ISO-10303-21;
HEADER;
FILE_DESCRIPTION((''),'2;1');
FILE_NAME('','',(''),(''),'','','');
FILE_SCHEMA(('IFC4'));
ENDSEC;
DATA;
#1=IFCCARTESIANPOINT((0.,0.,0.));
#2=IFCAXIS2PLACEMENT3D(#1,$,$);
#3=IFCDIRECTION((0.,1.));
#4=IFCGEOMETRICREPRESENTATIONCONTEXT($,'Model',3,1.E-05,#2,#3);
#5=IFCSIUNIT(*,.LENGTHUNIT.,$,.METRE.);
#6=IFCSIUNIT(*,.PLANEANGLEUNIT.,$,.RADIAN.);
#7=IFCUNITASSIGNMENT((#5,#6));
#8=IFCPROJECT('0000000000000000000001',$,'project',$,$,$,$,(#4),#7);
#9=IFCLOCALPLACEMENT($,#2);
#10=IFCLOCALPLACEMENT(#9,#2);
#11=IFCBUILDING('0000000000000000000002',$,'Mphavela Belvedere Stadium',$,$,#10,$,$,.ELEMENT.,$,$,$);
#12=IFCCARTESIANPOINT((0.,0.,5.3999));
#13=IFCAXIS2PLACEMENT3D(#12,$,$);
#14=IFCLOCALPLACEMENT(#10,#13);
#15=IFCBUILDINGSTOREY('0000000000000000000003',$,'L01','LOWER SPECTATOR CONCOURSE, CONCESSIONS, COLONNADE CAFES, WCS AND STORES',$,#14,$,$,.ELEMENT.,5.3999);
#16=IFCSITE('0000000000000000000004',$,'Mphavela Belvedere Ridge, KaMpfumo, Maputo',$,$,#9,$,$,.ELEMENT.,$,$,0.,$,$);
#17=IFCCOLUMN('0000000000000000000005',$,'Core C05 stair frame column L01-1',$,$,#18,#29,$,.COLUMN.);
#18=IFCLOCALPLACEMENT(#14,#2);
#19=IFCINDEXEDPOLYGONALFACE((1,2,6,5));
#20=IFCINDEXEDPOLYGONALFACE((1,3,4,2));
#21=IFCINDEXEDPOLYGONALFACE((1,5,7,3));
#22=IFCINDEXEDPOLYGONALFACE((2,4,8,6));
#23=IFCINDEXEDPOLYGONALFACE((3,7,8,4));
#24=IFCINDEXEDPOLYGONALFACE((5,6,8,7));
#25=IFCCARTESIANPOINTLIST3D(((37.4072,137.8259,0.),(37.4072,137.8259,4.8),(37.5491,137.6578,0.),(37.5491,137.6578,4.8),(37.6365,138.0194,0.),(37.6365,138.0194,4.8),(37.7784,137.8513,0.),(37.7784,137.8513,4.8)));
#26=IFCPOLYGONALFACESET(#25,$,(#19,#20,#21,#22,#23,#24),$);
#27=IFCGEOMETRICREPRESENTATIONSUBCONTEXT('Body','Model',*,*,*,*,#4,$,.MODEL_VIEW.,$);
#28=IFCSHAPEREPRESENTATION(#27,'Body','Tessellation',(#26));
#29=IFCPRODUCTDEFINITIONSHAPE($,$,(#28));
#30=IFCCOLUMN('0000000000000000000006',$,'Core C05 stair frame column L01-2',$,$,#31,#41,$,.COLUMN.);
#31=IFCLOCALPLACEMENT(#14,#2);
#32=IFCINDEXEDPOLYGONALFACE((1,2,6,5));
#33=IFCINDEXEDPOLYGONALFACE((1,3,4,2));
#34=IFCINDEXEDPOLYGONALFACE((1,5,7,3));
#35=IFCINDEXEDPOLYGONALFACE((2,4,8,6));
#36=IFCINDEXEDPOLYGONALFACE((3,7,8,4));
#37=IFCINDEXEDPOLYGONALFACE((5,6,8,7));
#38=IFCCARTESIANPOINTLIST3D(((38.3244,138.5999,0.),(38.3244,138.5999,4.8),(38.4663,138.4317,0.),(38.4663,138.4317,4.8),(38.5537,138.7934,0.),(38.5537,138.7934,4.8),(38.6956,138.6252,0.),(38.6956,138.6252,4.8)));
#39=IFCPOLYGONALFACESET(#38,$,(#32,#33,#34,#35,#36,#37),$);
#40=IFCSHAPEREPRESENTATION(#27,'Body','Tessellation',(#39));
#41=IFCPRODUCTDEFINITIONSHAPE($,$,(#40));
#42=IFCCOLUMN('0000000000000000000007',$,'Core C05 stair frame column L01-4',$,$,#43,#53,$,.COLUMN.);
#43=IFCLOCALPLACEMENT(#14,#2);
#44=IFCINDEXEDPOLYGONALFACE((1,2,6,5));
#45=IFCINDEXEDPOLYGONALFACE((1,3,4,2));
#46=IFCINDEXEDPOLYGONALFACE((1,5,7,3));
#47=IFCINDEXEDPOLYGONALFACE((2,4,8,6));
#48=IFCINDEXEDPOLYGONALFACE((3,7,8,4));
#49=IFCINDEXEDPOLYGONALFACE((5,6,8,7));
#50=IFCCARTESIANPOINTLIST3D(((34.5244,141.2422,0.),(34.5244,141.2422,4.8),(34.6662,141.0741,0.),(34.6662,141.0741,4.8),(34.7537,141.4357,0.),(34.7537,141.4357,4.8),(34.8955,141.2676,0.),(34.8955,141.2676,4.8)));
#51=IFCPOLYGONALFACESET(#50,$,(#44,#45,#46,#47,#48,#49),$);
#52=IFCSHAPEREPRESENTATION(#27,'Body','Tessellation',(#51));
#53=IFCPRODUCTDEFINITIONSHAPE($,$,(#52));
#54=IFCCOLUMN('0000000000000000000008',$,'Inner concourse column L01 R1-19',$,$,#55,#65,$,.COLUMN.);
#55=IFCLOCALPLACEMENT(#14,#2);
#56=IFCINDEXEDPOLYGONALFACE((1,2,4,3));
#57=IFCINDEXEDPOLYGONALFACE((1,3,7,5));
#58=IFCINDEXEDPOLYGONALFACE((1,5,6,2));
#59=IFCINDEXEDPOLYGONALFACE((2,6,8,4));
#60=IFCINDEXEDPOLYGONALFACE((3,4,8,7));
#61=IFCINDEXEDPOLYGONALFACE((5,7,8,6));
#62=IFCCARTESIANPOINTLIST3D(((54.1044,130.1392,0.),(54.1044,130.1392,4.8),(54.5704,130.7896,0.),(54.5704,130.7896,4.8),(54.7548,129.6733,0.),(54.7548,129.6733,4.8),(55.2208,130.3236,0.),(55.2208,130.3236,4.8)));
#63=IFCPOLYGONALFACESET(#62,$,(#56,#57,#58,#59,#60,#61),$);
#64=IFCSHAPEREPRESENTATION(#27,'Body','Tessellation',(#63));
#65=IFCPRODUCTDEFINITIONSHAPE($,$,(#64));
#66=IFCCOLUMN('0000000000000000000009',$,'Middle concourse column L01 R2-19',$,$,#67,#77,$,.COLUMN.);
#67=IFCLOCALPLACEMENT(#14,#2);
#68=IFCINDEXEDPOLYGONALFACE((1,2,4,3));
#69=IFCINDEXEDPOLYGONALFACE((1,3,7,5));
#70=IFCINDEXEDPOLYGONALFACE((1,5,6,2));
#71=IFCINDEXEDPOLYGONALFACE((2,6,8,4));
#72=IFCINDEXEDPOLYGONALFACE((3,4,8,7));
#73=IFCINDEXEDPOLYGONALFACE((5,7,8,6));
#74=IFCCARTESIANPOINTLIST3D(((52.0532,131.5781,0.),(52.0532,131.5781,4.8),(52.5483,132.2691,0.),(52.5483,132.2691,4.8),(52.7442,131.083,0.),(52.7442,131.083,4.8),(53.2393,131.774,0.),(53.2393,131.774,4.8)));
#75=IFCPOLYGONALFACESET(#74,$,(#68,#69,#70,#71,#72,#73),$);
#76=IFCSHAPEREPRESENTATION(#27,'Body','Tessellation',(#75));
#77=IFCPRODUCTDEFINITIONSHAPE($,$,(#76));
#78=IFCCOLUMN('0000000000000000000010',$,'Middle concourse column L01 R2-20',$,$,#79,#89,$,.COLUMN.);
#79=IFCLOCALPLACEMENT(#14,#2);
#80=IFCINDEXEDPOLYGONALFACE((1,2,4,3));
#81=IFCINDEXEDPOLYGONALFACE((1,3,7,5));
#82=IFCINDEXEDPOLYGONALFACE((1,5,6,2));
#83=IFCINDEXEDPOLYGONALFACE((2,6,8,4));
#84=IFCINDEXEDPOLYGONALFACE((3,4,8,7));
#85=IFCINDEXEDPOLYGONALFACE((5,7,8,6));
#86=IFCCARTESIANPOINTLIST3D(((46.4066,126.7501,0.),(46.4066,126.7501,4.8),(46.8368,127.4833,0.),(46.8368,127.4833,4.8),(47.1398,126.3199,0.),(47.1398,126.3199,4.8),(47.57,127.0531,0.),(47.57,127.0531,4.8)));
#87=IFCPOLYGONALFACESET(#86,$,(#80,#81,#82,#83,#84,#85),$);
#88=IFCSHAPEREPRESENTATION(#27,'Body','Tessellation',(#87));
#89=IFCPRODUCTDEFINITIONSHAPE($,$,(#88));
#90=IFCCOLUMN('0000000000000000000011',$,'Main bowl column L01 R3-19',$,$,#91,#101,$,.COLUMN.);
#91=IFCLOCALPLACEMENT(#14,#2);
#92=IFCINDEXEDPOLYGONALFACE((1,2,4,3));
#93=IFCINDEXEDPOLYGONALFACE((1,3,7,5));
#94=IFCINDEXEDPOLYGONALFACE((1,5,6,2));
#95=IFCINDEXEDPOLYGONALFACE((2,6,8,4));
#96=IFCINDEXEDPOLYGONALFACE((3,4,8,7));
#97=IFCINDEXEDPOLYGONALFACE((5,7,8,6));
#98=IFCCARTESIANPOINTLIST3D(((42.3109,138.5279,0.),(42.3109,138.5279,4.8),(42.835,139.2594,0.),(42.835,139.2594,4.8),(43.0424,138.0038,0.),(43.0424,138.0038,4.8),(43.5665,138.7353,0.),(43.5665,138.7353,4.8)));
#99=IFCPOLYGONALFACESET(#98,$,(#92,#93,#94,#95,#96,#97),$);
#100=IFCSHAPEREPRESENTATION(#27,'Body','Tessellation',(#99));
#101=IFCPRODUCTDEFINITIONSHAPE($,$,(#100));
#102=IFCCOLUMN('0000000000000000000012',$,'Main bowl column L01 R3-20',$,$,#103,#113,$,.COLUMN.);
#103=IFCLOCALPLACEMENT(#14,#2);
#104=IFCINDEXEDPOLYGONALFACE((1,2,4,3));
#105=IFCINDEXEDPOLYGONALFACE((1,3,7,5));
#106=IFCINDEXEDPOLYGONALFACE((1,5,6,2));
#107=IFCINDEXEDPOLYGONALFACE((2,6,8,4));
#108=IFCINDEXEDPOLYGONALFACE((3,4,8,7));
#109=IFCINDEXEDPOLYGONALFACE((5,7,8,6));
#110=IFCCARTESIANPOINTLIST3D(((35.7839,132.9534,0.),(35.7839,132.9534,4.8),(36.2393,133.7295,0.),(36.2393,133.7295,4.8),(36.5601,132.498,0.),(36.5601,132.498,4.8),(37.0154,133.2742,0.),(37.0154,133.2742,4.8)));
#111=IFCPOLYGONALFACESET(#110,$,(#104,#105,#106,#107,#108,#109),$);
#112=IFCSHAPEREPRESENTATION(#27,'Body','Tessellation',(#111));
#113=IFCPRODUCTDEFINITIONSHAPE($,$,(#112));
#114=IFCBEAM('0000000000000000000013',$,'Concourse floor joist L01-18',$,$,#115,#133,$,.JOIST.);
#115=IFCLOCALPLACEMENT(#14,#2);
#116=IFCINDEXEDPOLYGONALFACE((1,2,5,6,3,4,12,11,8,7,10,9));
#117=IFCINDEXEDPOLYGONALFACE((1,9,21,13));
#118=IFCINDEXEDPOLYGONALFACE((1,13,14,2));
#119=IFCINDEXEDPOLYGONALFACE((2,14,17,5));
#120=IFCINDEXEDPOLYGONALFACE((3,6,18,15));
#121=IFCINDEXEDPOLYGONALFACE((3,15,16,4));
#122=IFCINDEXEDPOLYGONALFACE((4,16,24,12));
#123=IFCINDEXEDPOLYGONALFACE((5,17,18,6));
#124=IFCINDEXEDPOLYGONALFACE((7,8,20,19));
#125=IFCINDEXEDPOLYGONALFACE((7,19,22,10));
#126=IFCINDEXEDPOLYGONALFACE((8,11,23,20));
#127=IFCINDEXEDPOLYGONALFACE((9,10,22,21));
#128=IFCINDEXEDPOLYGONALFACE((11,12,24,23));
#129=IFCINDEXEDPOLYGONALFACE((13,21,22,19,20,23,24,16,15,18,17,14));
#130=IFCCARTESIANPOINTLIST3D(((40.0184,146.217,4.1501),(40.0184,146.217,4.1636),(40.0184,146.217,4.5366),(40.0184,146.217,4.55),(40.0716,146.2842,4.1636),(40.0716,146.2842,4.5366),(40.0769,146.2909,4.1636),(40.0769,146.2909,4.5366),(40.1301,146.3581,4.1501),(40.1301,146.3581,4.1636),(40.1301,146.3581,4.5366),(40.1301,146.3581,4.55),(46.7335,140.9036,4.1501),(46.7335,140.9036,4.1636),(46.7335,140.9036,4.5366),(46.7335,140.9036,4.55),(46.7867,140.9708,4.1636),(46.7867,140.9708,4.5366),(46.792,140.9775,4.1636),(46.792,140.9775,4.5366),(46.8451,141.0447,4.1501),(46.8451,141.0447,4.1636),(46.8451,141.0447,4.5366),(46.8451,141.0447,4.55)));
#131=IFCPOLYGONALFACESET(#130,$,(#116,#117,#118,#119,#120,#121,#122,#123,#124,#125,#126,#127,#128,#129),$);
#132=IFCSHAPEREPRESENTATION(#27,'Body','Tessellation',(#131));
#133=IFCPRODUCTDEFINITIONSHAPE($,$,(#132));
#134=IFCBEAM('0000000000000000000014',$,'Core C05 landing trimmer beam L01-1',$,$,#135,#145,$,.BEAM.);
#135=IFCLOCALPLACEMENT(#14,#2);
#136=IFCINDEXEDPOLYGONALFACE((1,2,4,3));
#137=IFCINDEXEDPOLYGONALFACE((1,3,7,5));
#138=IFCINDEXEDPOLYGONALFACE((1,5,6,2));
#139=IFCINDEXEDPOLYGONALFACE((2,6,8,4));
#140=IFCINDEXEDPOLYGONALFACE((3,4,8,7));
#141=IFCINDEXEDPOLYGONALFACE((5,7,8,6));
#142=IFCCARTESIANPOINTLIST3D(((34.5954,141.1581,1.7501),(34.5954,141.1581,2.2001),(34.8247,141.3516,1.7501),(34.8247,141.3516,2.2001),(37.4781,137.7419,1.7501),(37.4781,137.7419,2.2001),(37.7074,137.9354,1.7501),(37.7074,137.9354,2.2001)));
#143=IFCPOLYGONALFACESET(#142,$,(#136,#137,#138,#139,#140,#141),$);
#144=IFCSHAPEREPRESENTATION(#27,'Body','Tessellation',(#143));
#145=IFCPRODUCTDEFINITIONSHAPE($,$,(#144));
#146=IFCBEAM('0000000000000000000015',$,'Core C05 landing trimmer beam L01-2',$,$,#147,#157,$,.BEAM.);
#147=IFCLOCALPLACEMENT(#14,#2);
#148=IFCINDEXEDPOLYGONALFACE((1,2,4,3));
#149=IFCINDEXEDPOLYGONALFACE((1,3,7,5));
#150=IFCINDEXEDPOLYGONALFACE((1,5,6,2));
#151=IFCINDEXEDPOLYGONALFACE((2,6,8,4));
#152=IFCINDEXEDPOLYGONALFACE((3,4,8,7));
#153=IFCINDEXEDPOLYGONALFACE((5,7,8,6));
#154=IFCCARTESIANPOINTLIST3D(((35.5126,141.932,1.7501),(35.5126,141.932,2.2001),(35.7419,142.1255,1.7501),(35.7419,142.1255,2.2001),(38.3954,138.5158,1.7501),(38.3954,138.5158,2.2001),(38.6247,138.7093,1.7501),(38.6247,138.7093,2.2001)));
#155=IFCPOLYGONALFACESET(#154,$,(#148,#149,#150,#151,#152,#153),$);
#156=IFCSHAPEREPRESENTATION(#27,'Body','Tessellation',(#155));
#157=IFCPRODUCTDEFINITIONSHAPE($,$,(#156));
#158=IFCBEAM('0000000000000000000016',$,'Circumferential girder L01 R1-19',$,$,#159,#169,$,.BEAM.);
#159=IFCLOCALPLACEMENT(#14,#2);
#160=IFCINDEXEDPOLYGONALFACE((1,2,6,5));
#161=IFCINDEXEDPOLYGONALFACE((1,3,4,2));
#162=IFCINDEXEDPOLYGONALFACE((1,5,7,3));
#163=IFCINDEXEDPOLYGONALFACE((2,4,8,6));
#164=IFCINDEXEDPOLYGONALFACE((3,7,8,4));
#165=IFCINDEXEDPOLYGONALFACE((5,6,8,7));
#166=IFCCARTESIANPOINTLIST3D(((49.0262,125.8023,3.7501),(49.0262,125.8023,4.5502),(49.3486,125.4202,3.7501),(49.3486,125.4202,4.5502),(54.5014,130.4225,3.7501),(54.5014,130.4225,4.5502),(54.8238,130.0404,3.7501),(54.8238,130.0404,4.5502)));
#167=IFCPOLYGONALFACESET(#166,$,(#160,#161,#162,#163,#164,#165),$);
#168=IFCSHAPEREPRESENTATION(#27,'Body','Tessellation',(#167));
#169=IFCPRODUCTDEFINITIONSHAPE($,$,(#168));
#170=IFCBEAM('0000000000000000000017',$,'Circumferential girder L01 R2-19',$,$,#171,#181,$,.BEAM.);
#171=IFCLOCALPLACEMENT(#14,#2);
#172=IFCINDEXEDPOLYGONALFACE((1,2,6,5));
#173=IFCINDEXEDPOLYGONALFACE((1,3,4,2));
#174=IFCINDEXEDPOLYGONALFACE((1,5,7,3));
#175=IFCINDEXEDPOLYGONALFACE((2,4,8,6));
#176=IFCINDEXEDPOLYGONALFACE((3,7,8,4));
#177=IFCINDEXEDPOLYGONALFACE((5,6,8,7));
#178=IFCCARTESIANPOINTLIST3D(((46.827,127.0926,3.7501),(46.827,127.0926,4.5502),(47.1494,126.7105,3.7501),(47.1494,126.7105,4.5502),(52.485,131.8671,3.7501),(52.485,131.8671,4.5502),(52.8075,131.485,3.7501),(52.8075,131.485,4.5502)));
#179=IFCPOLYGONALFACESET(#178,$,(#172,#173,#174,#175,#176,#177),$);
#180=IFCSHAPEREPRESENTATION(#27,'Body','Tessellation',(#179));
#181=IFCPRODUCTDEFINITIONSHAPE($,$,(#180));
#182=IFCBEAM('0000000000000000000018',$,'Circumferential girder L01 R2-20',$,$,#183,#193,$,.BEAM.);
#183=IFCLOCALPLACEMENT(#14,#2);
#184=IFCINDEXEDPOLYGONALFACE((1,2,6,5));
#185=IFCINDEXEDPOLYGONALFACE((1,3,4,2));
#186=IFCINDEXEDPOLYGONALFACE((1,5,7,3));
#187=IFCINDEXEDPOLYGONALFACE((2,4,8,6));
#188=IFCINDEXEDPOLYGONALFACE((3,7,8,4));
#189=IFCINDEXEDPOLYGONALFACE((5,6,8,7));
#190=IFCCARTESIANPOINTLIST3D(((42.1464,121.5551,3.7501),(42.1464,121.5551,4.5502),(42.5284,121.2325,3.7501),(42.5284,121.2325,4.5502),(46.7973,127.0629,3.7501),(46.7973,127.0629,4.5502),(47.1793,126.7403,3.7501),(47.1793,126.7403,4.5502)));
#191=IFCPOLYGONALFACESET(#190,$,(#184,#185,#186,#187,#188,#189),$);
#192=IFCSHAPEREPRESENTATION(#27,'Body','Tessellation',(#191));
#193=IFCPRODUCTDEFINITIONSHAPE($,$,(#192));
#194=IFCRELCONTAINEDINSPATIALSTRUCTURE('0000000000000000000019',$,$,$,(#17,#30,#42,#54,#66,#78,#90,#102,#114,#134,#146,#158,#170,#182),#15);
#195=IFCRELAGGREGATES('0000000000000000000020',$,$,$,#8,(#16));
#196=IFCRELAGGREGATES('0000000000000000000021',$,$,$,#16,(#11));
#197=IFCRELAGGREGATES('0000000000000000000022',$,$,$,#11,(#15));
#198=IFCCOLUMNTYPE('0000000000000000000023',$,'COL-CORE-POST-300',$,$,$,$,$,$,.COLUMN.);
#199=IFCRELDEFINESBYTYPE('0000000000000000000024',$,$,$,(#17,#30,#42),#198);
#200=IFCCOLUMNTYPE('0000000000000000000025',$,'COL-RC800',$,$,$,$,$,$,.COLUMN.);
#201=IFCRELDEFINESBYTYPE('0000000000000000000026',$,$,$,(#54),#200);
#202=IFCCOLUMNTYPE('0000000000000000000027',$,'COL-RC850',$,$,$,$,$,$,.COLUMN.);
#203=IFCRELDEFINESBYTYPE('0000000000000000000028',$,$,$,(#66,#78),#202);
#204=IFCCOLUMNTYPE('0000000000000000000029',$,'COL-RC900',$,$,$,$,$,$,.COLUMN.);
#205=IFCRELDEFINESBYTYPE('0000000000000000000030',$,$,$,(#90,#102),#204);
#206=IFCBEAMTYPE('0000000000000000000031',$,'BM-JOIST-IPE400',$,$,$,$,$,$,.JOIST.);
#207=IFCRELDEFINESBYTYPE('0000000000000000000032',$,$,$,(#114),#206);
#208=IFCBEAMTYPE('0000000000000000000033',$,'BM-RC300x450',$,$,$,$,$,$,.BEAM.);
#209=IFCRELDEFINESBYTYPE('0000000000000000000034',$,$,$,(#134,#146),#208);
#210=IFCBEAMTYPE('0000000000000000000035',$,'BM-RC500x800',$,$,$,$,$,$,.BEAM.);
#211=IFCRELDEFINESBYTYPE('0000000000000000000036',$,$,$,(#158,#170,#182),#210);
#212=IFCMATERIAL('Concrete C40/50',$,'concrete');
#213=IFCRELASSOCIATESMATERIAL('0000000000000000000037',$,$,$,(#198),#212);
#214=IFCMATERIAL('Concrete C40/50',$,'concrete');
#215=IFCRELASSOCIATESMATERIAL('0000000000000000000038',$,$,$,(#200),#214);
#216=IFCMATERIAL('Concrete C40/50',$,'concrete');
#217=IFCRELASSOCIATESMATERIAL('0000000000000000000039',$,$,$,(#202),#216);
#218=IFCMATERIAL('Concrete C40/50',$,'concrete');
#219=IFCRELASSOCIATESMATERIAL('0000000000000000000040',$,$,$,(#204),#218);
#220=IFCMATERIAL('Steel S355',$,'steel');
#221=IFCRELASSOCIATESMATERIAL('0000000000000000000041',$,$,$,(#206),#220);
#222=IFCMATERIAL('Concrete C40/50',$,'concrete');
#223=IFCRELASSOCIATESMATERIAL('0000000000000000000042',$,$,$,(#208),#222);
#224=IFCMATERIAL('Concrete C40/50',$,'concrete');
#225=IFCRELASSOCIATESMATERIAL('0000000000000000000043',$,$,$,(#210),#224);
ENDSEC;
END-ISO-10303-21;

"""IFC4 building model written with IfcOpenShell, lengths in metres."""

from ifc_helpers import new_model, si_unit, direction, frame, origin, origin_2d, place, context, subcontext, project, spatial, rectangle, i_section, extrude, material, material_profile, profile_set, type_object, element, save


model = new_model("IFC4")

# Units and contexts
model_context = context("Model", 3, precision=1e-05, world=origin(), true_north=direction((0.0, 1.0)))
body_context = subcontext(model_context, "Body", "Model", "MODEL_VIEW")
ifc_project = project(units=[si_unit("LENGTHUNIT", "METRE"), si_unit("PLANEANGLEUNIT", "RADIAN")], contexts=[model_context])

# Site, building, storey
site_placement = place(None, origin())
site = spatial("IfcSite", under=ifc_project, at=site_placement, Name="Mphavela Belvedere Ridge, KaMpfumo, Maputo", CompositionType="ELEMENT", RefElevation=0.0)
building_placement = place(site_placement, origin())
building = spatial("IfcBuilding", under=site, at=building_placement, Name="Mphavela Belvedere Stadium", CompositionType="ELEMENT")
storey_placement = place(building_placement, frame((0.0, 0.0, 5.3999)))
storey = spatial("IfcBuildingStorey", under=building, at=storey_placement, Name="L01", Description="LOWER SPECTATOR CONCOURSE, CONCESSIONS, COLONNADE CAFES, WCS AND STORES", CompositionType="ELEMENT", Elevation=5.3999)

# Columns
ifc_material_1 = material(Name="Concrete C40/50", Category="concrete")
ifc_material_profile_1 = material_profile(ifc_material_1, rectangle(XDim=0.3, YDim=0.22, at=origin_2d()), Name="RC 300x220")
ifc_profile_set_1 = profile_set([ifc_material_profile_1], Name="Concrete C40/50")
column_type_1 = type_object("IfcColumnType", Name="COL-CORE-POST-300", PredefinedType="COLUMN", material=ifc_profile_set_1)
for number, where, z_axis, x_axis, name in (
    (1, (37.5928, 137.8386, 0.0), (0.0, 0.0, 1.0), (0.764246, 0.644924, 0.0), "Core C05 stair frame column L01-1"),
    (2, (38.51, 138.6125, 0.0), (0.0, 0.0, 1.0), (0.764246, 0.644924, 0.0), "Core C05 stair frame column L01-2"),
    (3, (34.71, 141.2549, 0.0), (0.0, 0.0, 1.0), (0.764246, 0.644924, 0.0), "Core C05 stair frame column L01-4"),
):
    element("IfcColumn", number, at=place(storey_placement, frame(where, z_axis=z_axis, x_axis=x_axis)), inside=storey, type_object=column_type_1, Name=name, PredefinedType="COLUMN", context=body_context, shape_type="SweptSolid", body=[
        extrude(rectangle(XDim=0.3, YDim=0.22, at=origin_2d()), origin(), (0.0, 0.0, 1.0), 4.8),
    ])
ifc_material_2 = material(Name="Concrete C40/50", Category="concrete")
ifc_material_profile_2 = material_profile(ifc_material_2, rectangle(XDim=0.8, YDim=0.8, at=origin_2d()), Name="RC 800x800")
ifc_profile_set_2 = profile_set([ifc_material_profile_2], Name="Concrete C40/50")
column_type_2 = type_object("IfcColumnType", Name="COL-RC800", PredefinedType="COLUMN", material=ifc_profile_set_2)
column_placement = place(storey_placement, frame((54.6626, 130.2314, 0.0), z_axis=(0.0, 0.0, 1.0), x_axis=(-0.812898, 0.582407, 0.0)))
element("IfcColumn", 4, at=column_placement, inside=storey, type_object=column_type_2, Name="Inner concourse column L01 R1-19", PredefinedType="COLUMN", context=body_context, shape_type="SweptSolid", body=[
    extrude(rectangle(XDim=0.8, YDim=0.8, at=origin_2d()), origin(), (0.0, 0.0, 1.0), 4.8),
])
ifc_material_3 = material(Name="Concrete C40/50", Category="concrete")
ifc_material_profile_3 = material_profile(ifc_material_3, rectangle(XDim=0.8501, YDim=0.8501, at=origin_2d()), Name="RC 850x850")
ifc_profile_set_3 = profile_set([ifc_material_profile_3], Name="Concrete C40/50")
column_type_3 = type_object("IfcColumnType", Name="COL-RC850", PredefinedType="COLUMN", material=ifc_profile_set_3)
for number, where, z_axis, x_axis, name in (
    (5, (52.6462, 131.676, 0.0), (0.0, 0.0, 1.0), (-0.812898, 0.582407, 0.0), "Middle concourse column L01 R2-19"),
    (6, (46.9883, 126.9016, 0.0), (0.0, 0.0, 1.0), (-0.862514, 0.506034, 0.0), "Middle concourse column L01 R2-20"),
):
    element("IfcColumn", number, at=place(storey_placement, frame(where, z_axis=z_axis, x_axis=x_axis)), inside=storey, type_object=column_type_3, Name=name, PredefinedType="COLUMN", context=body_context, shape_type="SweptSolid", body=[
        extrude(rectangle(XDim=0.8501, YDim=0.8501, at=origin_2d()), origin(), (0.0, 0.0, 1.0), 4.8),
    ])
ifc_material_4 = material(Name="Concrete C40/50", Category="concrete")
ifc_material_profile_4 = material_profile(ifc_material_4, rectangle(XDim=0.8999, YDim=0.8999, at=origin_2d()), Name="RC 900x900")
ifc_profile_set_4 = profile_set([ifc_material_profile_4], Name="Concrete C40/50")
column_type_4 = type_object("IfcColumnType", Name="COL-RC900", PredefinedType="COLUMN", material=ifc_profile_set_4)
for number, where, z_axis, x_axis, name in (
    (7, (42.9387, 138.6316, 0.0), (0.0, 0.0, 1.0), (-0.812898, 0.582407, 0.0), "Main bowl column L01 R3-19"),
    (8, (36.3997, 133.1138, 0.0), (0.0, 0.0, 1.0), (-0.862514, 0.506034, 0.0), "Main bowl column L01 R3-20"),
):
    element("IfcColumn", number, at=place(storey_placement, frame(where, z_axis=z_axis, x_axis=x_axis)), inside=storey, type_object=column_type_4, Name=name, PredefinedType="COLUMN", context=body_context, shape_type="SweptSolid", body=[
        extrude(rectangle(XDim=0.8999, YDim=0.8999, at=origin_2d()), origin(), (0.0, 0.0, 1.0), 4.8),
    ])

# Beams
ifc_material_5 = material(Name="Steel S355", Category="steel")
ifc_material_profile_5 = material_profile(ifc_material_5, i_section(OverallWidth=0.1799, OverallDepth=0.3999, WebThickness=0.0085, FlangeThickness=0.0134, at=origin_2d()), Name="IPE 400")
ifc_profile_set_5 = profile_set([ifc_material_profile_5], Name="Steel S355")
beam_type_1 = type_object("IfcBeamType", Name="BM-JOIST-IPE400", PredefinedType="JOIST", material=ifc_profile_set_5)
beam_1_placement = place(storey_placement, frame((46.7893, 140.9741, 4.3501), z_axis=(-0.784196, 0.620514, 0.0), x_axis=(-0.620514, -0.784196, 0.0)))
element("IfcBeam", 9, at=beam_1_placement, inside=storey, type_object=beam_type_1, Name="Concourse floor joist L01-18", PredefinedType="JOIST", context=body_context, shape_type="SweptSolid", body=[
    extrude(i_section(OverallWidth=0.1799, OverallDepth=0.3999, WebThickness=0.0085, FlangeThickness=0.0134, at=origin_2d()), origin(), (0.0, 0.0, 1.0), 8.563),
])
ifc_material_6 = material(Name="Concrete C40/50", Category="concrete")
ifc_material_profile_6 = material_profile(ifc_material_6, rectangle(XDim=0.3, YDim=0.45, at=origin_2d()), Name="RC 300x450")
ifc_profile_set_6 = profile_set([ifc_material_profile_6], Name="Concrete C40/50")
beam_type_2 = type_object("IfcBeamType", Name="BM-RC300x450", PredefinedType="BEAM", material=ifc_profile_set_6)
for number, where, z_axis, x_axis, name in (
    (10, (37.5928, 137.8386, 1.9751), (-0.644916, 0.764254, 0.0), (-0.764254, -0.644916, 0.0), "Core C05 landing trimmer beam L01-1"),
    (11, (38.51, 138.6125, 1.9751), (-0.644916, 0.764254, 0.0), (-0.764254, -0.644916, 0.0), "Core C05 landing trimmer beam L01-2"),
):
    element("IfcBeam", number, at=place(storey_placement, frame(where, z_axis=z_axis, x_axis=x_axis)), inside=storey, type_object=beam_type_2, Name=name, PredefinedType="BEAM", context=body_context, shape_type="SweptSolid", body=[
        extrude(rectangle(XDim=0.3, YDim=0.45, at=origin_2d()), origin(), (0.0, 0.0, 1.0), 4.47),
    ])
ifc_material_7 = material(Name="Concrete C40/50", Category="concrete")
ifc_material_profile_7 = material_profile(ifc_material_7, rectangle(XDim=0.5, YDim=0.8, at=origin_2d()), Name="RC 500x800")
ifc_profile_set_7 = profile_set([ifc_material_profile_7], Name="Concrete C40/50")
beam_type_3 = type_object("IfcBeamType", Name="BM-RC500x800", PredefinedType="BEAM", material=ifc_profile_set_7)
beam_2_placement = place(storey_placement, frame((54.6626, 130.2314, 4.1501), z_axis=(-0.764257, -0.644912, 0.0), x_axis=(0.644912, -0.764257, 0.0)))
element("IfcBeam", 12, at=beam_2_placement, inside=storey, type_object=beam_type_3, Name="Circumferential girder L01 R1-19", PredefinedType="BEAM", context=body_context, shape_type="SweptSolid", body=[
    extrude(rectangle(XDim=0.5, YDim=0.8, at=origin_2d()), origin(), (0.0, 0.0, 1.0), 7.1641),
])
beam_3_placement = place(storey_placement, frame((52.6462, 131.676, 4.1501), z_axis=(-0.764257, -0.644911, 0.0), x_axis=(0.644911, -0.764257, 0.0)))
element("IfcBeam", 13, at=beam_3_placement, inside=storey, type_object=beam_type_3, Name="Circumferential girder L01 R2-19", PredefinedType="BEAM", context=body_context, shape_type="SweptSolid", body=[
    extrude(rectangle(XDim=0.5, YDim=0.8, at=origin_2d()), origin(), (0.0, 0.0, 1.0), 7.4033),
])
beam_4_placement = place(storey_placement, frame((46.9883, 126.9016, 4.1501), z_axis=(-0.645168, -0.764041, 0.0), x_axis=(0.764041, -0.645168, 0.0)))
element("IfcBeam", 14, at=beam_4_placement, inside=storey, type_object=beam_type_3, Name="Circumferential girder L01 R2-20", PredefinedType="BEAM", context=body_context, shape_type="SweptSolid", body=[
    extrude(rectangle(XDim=0.5, YDim=0.8, at=origin_2d()), origin(), (0.0, 0.0, 1.0), 7.2087),
])

save(model, "model.ifc")
